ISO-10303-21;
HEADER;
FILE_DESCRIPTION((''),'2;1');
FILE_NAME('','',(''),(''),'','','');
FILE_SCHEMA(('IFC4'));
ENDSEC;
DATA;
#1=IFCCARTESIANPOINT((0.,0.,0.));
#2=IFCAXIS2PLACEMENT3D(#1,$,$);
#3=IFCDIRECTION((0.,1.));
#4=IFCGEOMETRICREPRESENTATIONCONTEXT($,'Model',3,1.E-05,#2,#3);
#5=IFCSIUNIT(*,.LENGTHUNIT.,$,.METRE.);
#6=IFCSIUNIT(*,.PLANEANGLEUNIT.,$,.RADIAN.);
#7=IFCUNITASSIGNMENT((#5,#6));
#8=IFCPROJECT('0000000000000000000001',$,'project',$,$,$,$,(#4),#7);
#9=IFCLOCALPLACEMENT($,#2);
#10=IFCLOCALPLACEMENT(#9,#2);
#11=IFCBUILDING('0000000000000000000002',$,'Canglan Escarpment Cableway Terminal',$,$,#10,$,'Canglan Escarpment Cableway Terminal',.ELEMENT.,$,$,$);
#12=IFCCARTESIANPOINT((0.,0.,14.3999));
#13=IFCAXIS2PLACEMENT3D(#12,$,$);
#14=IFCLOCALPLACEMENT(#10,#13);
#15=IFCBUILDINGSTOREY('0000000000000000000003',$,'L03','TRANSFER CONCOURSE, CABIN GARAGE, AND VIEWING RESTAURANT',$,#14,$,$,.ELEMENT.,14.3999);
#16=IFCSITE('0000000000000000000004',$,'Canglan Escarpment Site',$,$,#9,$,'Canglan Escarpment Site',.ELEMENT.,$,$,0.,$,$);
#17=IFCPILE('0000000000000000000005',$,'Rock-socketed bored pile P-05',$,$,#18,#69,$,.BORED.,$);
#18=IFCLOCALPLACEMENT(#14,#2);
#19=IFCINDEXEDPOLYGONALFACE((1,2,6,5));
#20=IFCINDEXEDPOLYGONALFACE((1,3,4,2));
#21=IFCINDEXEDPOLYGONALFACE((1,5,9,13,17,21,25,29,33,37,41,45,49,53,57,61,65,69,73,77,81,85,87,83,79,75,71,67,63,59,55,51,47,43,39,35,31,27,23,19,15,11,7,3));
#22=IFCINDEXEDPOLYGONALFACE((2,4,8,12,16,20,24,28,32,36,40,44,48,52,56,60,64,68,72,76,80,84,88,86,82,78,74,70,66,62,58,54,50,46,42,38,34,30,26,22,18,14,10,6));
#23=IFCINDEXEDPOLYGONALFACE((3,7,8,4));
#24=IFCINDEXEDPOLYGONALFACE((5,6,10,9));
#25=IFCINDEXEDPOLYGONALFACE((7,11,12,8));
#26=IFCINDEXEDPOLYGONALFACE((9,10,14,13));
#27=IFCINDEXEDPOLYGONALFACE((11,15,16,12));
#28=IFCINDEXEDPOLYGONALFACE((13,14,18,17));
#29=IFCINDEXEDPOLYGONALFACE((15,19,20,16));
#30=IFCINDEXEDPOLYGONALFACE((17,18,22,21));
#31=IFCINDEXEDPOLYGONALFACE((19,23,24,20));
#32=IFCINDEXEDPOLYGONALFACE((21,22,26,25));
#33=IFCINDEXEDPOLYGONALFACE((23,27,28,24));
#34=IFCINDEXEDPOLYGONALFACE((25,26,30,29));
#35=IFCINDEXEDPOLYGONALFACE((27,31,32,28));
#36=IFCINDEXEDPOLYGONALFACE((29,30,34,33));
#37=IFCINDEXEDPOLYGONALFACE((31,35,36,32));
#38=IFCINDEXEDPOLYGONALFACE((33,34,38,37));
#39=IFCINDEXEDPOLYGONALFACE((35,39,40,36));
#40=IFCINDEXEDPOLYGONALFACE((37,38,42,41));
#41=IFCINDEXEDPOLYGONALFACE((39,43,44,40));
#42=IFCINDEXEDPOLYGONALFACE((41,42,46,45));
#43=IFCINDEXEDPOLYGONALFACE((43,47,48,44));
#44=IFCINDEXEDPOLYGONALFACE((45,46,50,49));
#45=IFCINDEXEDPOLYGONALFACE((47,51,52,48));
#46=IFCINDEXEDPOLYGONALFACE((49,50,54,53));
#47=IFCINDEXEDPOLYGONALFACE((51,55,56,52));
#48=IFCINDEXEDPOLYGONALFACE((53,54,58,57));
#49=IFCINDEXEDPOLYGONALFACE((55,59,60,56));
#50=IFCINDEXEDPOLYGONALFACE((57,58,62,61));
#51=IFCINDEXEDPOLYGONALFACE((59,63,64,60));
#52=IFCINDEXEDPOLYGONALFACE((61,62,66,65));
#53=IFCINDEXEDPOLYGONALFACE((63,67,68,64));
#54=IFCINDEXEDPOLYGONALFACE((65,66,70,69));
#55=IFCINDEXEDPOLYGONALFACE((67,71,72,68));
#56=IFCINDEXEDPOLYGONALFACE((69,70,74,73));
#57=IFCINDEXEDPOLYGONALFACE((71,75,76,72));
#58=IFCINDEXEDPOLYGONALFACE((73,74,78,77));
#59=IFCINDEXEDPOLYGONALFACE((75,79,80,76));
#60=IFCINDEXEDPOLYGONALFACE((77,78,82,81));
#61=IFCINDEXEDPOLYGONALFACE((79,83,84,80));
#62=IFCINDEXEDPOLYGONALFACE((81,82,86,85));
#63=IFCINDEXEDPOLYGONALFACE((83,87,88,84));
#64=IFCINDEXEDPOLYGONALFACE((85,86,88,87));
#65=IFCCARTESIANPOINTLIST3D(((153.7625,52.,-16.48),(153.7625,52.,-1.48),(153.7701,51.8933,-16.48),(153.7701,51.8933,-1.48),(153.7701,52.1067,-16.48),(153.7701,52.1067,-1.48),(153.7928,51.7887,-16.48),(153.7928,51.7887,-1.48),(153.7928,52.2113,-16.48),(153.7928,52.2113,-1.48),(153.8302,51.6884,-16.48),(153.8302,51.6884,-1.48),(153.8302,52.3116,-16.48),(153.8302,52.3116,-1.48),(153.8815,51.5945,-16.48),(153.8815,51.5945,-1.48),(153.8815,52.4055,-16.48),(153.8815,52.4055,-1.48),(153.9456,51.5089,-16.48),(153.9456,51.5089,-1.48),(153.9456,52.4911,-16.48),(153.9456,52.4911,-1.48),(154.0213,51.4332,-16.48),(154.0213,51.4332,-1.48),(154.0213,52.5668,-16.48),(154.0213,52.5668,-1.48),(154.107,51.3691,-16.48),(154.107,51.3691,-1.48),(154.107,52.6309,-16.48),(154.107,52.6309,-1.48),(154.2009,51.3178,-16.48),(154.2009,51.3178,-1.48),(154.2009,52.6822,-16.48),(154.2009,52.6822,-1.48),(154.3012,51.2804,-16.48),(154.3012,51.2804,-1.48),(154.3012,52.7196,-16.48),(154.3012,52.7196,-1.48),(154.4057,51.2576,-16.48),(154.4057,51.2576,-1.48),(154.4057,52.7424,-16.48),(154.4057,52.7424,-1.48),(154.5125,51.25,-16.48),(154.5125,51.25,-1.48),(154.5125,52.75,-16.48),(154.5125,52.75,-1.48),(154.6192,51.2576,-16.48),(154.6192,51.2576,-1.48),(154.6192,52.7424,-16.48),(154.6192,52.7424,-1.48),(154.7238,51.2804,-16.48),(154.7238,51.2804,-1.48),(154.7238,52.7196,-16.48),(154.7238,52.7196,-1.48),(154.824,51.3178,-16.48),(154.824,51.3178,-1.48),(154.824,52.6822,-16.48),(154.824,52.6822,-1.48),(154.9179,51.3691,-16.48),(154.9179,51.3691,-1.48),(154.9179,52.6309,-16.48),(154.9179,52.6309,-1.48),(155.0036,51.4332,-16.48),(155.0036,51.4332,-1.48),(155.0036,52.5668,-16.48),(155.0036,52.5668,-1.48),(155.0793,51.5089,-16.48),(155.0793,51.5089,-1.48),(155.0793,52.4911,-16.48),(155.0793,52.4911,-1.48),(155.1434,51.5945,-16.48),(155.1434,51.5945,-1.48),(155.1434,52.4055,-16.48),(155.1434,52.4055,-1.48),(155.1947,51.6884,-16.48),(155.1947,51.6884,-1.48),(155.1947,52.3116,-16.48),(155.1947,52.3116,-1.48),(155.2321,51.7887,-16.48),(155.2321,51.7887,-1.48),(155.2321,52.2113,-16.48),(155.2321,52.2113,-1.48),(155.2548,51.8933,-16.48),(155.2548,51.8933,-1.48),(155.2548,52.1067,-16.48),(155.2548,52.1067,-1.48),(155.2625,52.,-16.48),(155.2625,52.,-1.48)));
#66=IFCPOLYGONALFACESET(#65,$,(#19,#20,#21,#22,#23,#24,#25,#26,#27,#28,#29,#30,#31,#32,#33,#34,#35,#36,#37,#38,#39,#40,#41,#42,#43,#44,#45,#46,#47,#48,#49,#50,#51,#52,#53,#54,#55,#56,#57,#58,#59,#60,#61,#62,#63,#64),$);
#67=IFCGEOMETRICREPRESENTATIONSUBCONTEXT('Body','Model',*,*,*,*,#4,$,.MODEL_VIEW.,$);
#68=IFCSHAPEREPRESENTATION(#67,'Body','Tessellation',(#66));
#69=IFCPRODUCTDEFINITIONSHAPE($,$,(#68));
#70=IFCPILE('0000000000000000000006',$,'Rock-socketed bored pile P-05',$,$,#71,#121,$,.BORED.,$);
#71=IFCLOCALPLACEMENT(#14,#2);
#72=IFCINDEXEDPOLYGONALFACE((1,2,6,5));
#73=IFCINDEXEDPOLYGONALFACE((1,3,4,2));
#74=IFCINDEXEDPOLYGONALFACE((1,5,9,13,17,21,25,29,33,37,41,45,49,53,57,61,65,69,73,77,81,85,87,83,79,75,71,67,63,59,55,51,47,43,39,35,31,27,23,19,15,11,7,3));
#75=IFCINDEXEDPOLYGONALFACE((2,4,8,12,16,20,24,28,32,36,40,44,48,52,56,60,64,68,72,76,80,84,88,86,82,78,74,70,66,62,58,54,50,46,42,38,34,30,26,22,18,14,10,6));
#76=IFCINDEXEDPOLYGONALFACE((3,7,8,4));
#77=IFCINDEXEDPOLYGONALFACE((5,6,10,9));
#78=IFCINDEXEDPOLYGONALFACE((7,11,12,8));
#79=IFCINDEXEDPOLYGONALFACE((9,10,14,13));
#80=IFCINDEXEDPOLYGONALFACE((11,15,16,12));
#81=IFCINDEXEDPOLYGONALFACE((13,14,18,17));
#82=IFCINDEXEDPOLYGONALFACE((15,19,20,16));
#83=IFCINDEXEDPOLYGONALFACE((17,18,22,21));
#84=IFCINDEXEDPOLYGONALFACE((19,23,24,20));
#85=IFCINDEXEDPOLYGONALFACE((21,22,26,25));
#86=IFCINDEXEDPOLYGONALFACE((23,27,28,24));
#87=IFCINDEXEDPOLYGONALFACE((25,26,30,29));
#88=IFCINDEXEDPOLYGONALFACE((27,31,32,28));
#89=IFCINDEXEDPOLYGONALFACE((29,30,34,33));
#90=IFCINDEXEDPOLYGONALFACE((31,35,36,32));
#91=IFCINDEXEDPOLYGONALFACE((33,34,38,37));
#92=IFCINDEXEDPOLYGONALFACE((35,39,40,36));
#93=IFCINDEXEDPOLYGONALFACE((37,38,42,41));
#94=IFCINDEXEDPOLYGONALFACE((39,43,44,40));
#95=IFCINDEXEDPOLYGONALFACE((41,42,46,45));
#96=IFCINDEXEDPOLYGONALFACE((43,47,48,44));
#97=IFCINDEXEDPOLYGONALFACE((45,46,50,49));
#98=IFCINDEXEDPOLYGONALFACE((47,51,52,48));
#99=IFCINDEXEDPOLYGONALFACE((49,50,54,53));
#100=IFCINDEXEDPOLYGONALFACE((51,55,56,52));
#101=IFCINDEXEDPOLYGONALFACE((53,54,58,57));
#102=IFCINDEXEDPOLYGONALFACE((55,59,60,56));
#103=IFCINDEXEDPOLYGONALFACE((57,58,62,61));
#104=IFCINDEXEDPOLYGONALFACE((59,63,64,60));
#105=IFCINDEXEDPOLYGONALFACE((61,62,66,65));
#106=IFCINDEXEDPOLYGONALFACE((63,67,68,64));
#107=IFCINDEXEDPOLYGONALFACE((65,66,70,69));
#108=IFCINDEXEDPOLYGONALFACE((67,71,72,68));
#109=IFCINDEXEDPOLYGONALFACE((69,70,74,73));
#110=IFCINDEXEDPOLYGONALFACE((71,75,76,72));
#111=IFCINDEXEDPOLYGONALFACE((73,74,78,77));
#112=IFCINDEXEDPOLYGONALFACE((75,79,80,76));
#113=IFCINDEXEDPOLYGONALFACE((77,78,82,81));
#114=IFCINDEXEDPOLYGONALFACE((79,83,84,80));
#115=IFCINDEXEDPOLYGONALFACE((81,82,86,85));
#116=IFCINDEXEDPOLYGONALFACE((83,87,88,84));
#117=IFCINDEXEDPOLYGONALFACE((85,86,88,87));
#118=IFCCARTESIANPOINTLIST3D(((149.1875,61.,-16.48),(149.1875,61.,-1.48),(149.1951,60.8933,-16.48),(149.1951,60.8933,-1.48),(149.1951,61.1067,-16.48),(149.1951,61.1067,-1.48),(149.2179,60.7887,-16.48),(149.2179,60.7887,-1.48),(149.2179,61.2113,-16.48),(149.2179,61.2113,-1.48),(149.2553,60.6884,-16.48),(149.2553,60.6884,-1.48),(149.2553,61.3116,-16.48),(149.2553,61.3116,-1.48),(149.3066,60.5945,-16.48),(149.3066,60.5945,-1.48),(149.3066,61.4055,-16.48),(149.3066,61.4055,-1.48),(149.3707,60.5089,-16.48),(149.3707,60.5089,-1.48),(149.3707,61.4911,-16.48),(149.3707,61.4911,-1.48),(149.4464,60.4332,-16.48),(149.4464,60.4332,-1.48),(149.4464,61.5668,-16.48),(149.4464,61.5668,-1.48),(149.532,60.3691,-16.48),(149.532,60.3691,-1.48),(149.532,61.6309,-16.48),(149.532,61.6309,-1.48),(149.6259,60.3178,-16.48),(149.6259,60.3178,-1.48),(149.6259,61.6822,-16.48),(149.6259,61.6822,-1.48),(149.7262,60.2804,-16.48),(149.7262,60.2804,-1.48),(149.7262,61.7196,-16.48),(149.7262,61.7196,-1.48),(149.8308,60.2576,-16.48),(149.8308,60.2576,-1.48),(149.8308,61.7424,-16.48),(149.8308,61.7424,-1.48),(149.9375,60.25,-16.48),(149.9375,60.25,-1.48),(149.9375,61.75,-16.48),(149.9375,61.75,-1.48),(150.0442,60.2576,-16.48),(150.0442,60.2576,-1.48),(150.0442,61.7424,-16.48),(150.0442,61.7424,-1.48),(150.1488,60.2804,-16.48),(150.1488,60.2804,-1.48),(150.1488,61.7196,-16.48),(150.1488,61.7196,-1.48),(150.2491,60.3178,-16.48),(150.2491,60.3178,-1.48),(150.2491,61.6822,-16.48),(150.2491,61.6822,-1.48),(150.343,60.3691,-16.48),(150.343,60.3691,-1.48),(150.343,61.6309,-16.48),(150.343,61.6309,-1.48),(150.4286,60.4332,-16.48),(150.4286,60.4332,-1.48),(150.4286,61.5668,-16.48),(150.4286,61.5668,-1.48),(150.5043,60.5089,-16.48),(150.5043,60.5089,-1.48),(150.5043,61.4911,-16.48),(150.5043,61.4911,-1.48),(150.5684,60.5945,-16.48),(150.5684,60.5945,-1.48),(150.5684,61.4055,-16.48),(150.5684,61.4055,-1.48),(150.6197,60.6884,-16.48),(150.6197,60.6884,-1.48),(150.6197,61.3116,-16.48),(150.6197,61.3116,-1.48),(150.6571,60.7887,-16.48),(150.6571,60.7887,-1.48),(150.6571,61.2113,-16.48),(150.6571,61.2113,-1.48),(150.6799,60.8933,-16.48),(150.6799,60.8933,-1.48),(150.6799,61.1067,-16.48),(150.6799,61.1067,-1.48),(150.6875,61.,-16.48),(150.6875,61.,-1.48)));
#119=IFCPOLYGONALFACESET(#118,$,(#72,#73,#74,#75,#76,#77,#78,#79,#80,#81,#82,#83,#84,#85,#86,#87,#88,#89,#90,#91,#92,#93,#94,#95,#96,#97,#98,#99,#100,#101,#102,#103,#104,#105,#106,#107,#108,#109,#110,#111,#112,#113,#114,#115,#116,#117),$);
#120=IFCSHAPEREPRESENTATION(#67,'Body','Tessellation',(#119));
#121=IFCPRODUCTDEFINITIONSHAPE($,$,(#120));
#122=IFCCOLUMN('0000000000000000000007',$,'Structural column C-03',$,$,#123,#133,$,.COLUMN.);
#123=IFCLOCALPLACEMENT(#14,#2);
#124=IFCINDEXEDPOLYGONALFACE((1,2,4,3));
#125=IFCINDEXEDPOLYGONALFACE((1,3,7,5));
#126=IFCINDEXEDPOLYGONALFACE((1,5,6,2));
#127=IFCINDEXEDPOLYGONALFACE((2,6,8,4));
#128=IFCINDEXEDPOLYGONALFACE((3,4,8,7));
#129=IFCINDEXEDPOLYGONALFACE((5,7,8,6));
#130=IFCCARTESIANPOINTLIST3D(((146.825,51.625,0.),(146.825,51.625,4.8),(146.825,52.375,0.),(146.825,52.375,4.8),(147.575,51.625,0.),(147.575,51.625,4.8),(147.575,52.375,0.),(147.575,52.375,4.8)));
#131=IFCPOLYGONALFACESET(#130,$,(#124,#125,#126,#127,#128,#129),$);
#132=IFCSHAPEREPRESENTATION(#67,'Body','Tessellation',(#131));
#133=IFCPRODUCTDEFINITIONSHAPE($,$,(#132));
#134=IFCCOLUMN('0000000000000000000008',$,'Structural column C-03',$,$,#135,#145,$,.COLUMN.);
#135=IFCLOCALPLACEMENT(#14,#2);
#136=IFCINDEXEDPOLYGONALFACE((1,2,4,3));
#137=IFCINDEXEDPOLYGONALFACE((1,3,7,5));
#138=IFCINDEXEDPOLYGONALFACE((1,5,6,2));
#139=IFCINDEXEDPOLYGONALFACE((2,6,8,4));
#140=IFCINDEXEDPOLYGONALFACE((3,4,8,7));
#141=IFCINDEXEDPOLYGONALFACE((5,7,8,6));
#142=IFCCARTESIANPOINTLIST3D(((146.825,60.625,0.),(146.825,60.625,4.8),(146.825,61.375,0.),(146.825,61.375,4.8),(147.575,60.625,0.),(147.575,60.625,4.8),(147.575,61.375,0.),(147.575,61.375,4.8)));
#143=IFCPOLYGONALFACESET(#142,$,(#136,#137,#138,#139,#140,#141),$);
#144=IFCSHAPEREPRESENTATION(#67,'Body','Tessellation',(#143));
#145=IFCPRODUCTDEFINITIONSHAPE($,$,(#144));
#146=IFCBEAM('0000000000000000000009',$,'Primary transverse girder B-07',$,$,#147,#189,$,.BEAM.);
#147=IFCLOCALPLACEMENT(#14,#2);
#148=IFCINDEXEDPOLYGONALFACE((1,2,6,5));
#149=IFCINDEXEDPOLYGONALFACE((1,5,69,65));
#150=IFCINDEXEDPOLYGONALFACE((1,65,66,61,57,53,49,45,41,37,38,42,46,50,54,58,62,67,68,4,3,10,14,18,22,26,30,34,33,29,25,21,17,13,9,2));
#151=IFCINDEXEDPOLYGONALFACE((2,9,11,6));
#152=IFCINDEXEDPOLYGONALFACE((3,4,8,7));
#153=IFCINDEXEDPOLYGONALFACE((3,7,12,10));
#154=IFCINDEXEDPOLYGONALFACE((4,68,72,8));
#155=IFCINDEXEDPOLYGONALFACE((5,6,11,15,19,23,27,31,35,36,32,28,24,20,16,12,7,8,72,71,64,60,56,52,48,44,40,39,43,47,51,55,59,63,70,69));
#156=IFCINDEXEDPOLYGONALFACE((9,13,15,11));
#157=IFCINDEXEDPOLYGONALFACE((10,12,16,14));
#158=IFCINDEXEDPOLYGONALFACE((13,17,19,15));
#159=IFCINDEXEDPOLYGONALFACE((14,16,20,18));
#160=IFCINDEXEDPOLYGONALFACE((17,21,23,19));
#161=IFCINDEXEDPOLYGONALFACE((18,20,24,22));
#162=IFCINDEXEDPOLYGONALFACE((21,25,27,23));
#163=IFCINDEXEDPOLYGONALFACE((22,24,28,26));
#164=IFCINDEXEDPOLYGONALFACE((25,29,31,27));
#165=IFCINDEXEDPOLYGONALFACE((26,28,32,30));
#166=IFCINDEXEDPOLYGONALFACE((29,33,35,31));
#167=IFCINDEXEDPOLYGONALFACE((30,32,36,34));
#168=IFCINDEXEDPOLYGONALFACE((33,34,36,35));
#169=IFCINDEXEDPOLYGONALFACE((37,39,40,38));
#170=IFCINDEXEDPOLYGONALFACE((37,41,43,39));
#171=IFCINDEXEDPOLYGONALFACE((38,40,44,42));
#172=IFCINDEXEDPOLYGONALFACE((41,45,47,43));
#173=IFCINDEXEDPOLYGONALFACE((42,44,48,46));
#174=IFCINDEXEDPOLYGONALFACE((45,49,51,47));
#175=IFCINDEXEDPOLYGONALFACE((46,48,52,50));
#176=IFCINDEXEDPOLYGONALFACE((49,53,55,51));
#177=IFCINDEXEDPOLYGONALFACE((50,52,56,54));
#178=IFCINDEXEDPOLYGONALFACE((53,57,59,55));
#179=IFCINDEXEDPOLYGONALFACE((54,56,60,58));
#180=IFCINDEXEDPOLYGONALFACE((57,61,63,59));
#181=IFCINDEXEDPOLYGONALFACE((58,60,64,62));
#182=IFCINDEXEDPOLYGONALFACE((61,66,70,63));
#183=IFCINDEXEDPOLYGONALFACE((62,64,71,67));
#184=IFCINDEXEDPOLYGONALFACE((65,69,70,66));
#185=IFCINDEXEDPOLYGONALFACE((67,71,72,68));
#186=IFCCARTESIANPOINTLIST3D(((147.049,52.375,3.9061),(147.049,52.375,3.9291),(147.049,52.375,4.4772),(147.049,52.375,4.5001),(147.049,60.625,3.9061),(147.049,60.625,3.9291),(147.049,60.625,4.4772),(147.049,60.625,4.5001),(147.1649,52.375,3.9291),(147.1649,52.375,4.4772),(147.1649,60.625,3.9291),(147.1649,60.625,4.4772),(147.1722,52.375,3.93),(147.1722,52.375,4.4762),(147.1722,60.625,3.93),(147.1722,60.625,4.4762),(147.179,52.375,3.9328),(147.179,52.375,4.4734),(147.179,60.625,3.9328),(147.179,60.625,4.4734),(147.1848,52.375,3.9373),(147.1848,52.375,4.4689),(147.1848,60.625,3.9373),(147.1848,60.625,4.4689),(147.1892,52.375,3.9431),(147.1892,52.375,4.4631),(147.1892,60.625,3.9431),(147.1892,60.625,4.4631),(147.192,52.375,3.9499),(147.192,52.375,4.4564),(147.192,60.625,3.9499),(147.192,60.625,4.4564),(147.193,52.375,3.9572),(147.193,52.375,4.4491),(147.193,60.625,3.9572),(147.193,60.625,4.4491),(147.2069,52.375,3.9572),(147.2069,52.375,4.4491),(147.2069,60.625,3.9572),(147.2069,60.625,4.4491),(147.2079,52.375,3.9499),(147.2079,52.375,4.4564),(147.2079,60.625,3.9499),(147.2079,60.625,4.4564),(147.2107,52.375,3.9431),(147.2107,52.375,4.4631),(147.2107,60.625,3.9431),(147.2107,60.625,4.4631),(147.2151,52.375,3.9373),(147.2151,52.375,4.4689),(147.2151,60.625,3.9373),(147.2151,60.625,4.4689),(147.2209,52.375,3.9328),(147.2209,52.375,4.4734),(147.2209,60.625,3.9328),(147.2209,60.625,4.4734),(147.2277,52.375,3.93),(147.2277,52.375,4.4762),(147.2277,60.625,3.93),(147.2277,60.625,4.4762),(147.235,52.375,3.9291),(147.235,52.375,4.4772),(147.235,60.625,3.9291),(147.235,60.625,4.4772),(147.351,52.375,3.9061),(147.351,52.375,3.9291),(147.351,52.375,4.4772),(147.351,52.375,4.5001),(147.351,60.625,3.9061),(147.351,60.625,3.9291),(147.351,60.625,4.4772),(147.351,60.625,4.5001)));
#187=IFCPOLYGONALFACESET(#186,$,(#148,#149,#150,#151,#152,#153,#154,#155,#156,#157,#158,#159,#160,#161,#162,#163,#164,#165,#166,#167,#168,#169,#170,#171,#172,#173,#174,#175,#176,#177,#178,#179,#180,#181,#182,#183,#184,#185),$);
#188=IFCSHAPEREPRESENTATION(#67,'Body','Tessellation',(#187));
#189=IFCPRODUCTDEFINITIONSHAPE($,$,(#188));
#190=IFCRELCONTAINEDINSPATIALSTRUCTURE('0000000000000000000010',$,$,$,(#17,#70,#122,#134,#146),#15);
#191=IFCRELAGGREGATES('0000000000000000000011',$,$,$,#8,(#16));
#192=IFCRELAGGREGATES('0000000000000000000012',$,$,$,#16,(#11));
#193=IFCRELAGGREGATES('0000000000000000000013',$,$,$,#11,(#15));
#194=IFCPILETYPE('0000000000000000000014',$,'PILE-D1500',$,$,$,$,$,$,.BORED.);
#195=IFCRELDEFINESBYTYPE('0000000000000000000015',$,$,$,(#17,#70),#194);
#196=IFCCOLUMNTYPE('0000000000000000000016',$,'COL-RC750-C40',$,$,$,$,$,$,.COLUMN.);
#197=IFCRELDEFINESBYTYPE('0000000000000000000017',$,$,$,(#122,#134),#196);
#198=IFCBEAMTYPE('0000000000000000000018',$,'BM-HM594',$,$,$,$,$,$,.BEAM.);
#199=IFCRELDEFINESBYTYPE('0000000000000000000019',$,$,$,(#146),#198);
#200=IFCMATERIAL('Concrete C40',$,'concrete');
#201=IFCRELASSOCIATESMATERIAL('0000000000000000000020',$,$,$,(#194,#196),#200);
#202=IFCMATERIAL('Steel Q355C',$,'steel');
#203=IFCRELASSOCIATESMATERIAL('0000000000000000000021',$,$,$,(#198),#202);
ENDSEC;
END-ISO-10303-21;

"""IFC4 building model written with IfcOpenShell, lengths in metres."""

from ifc_helpers import new_model, si_unit, direction, frame, origin, origin_2d, place, context, subcontext, project, spatial, rectangle, circle, i_section, extrude, material, material_profile, profile_set, type_object, element, save


model = new_model("IFC4")

# Units and contexts
model_context = context("Model", 3, precision=1e-05, world=origin(), true_north=direction((0.0, 1.0)))
body_context = subcontext(model_context, "Body", "Model", "MODEL_VIEW")
ifc_project = project(units=[si_unit("LENGTHUNIT", "METRE"), si_unit("PLANEANGLEUNIT", "RADIAN")], contexts=[model_context])

# Site, building, storey
site_placement = place(None, origin())
site = spatial("IfcSite", under=ifc_project, at=site_placement, Name="Canglan Escarpment Site", LongName="Canglan Escarpment Site", CompositionType="ELEMENT", RefElevation=0.0)
building_placement = place(site_placement, origin())
building = spatial("IfcBuilding", under=site, at=building_placement, Name="Canglan Escarpment Cableway Terminal", LongName="Canglan Escarpment Cableway Terminal", CompositionType="ELEMENT")
storey_placement = place(building_placement, frame((0.0, 0.0, 14.3999)))
storey = spatial("IfcBuildingStorey", under=building, at=storey_placement, Name="L03", Description="TRANSFER CONCOURSE, CABIN GARAGE, AND VIEWING RESTAURANT", CompositionType="ELEMENT", Elevation=14.3999)

# Shared definitions
ifc_material_1 = material(Name="Concrete C40", Category="concrete")

# Piles
ifc_material_profile_1 = material_profile(ifc_material_1, circle(Radius=0.75, at=origin_2d()), Name="BORED PILE D1500")
ifc_profile_set_1 = profile_set([ifc_material_profile_1], Name="Concrete C40")
pile_type = type_object("IfcPileType", Name="PILE-D1500", PredefinedType="BORED", material=ifc_profile_set_1)
for number, where, z_axis, x_axis, name in (
    (1, (154.5125, 52.0, -1.48), (0.0, 0.0, -1.0), (1.0, 0.0, 0.0), "Rock-socketed bored pile P-05"),
    (2, (149.9375, 61.0, -1.48), (0.0, 0.0, -1.0), (1.0, 0.0, 0.0), "Rock-socketed bored pile P-05"),
):
    element("IfcPile", number, at=place(storey_placement, frame(where, z_axis=z_axis, x_axis=x_axis)), inside=storey, type_object=pile_type, Name=name, PredefinedType="BORED", context=body_context, shape_type="SweptSolid", body=[
        extrude(circle(Radius=0.75, at=origin_2d()), origin(), (0.0, 0.0, 1.0), 15.0),
    ])

# Columns
ifc_material_profile_2 = material_profile(ifc_material_1, rectangle(XDim=0.75, YDim=0.75, at=origin_2d()), Name="RC 750x750")
ifc_profile_set_2 = profile_set([ifc_material_profile_2], Name="Concrete C40")
column_type = type_object("IfcColumnType", Name="COL-RC750-C40", PredefinedType="COLUMN", material=ifc_profile_set_2)
for number, where, z_axis, x_axis, name in (
    (3, (147.2, 52.0, 0.0), (0.0, 0.0, 1.0), (1.0, 0.0, 0.0), "Structural column C-03"),
    (4, (147.2, 61.0, 0.0), (0.0, 0.0, 1.0), (1.0, 0.0, 0.0), "Structural column C-03"),
):
    element("IfcColumn", number, at=place(storey_placement, frame(where, z_axis=z_axis, x_axis=x_axis)), inside=storey, type_object=column_type, Name=name, PredefinedType="COLUMN", context=body_context, shape_type="SweptSolid", body=[
        extrude(rectangle(XDim=0.75, YDim=0.75, at=origin_2d()), origin(), (0.0, 0.0, 1.0), 4.8),
    ])

# Beam
ifc_material_2 = material(Name="Steel Q355C", Category="steel")
ifc_material_profile_3 = material_profile(ifc_material_2, i_section(OverallWidth=0.302, OverallDepth=0.594, WebThickness=0.0139, FlangeThickness=0.0229, FilletRadius=0.0281, at=origin_2d()), Name="HM 594x302x14x23")
ifc_profile_set_3 = profile_set([ifc_material_profile_3], Name="Steel Q355C")
beam_type_1 = type_object("IfcBeamType", Name="BM-HM594", PredefinedType="BEAM", material=ifc_profile_set_3)
for number, where, z_axis, x_axis, name in (
    (5, (147.2, 52.375, 4.2031), (0.0, 1.0, 0.0), (-1.0, 0.0, 0.0), "Primary transverse girder B-07"),
):
    element("IfcBeam", number, at=place(storey_placement, frame(where, z_axis=z_axis, x_axis=x_axis)), inside=storey, type_object=beam_type_1, Name=name, PredefinedType="BEAM", context=body_context, shape_type="SweptSolid", body=[
        extrude(i_section(OverallWidth=0.302, OverallDepth=0.594, WebThickness=0.0139, FlangeThickness=0.0229, FilletRadius=0.0281, at=origin_2d()), origin(), (0.0, 0.0, 1.0), 8.25),
    ])

save(model, "model.ifc")
